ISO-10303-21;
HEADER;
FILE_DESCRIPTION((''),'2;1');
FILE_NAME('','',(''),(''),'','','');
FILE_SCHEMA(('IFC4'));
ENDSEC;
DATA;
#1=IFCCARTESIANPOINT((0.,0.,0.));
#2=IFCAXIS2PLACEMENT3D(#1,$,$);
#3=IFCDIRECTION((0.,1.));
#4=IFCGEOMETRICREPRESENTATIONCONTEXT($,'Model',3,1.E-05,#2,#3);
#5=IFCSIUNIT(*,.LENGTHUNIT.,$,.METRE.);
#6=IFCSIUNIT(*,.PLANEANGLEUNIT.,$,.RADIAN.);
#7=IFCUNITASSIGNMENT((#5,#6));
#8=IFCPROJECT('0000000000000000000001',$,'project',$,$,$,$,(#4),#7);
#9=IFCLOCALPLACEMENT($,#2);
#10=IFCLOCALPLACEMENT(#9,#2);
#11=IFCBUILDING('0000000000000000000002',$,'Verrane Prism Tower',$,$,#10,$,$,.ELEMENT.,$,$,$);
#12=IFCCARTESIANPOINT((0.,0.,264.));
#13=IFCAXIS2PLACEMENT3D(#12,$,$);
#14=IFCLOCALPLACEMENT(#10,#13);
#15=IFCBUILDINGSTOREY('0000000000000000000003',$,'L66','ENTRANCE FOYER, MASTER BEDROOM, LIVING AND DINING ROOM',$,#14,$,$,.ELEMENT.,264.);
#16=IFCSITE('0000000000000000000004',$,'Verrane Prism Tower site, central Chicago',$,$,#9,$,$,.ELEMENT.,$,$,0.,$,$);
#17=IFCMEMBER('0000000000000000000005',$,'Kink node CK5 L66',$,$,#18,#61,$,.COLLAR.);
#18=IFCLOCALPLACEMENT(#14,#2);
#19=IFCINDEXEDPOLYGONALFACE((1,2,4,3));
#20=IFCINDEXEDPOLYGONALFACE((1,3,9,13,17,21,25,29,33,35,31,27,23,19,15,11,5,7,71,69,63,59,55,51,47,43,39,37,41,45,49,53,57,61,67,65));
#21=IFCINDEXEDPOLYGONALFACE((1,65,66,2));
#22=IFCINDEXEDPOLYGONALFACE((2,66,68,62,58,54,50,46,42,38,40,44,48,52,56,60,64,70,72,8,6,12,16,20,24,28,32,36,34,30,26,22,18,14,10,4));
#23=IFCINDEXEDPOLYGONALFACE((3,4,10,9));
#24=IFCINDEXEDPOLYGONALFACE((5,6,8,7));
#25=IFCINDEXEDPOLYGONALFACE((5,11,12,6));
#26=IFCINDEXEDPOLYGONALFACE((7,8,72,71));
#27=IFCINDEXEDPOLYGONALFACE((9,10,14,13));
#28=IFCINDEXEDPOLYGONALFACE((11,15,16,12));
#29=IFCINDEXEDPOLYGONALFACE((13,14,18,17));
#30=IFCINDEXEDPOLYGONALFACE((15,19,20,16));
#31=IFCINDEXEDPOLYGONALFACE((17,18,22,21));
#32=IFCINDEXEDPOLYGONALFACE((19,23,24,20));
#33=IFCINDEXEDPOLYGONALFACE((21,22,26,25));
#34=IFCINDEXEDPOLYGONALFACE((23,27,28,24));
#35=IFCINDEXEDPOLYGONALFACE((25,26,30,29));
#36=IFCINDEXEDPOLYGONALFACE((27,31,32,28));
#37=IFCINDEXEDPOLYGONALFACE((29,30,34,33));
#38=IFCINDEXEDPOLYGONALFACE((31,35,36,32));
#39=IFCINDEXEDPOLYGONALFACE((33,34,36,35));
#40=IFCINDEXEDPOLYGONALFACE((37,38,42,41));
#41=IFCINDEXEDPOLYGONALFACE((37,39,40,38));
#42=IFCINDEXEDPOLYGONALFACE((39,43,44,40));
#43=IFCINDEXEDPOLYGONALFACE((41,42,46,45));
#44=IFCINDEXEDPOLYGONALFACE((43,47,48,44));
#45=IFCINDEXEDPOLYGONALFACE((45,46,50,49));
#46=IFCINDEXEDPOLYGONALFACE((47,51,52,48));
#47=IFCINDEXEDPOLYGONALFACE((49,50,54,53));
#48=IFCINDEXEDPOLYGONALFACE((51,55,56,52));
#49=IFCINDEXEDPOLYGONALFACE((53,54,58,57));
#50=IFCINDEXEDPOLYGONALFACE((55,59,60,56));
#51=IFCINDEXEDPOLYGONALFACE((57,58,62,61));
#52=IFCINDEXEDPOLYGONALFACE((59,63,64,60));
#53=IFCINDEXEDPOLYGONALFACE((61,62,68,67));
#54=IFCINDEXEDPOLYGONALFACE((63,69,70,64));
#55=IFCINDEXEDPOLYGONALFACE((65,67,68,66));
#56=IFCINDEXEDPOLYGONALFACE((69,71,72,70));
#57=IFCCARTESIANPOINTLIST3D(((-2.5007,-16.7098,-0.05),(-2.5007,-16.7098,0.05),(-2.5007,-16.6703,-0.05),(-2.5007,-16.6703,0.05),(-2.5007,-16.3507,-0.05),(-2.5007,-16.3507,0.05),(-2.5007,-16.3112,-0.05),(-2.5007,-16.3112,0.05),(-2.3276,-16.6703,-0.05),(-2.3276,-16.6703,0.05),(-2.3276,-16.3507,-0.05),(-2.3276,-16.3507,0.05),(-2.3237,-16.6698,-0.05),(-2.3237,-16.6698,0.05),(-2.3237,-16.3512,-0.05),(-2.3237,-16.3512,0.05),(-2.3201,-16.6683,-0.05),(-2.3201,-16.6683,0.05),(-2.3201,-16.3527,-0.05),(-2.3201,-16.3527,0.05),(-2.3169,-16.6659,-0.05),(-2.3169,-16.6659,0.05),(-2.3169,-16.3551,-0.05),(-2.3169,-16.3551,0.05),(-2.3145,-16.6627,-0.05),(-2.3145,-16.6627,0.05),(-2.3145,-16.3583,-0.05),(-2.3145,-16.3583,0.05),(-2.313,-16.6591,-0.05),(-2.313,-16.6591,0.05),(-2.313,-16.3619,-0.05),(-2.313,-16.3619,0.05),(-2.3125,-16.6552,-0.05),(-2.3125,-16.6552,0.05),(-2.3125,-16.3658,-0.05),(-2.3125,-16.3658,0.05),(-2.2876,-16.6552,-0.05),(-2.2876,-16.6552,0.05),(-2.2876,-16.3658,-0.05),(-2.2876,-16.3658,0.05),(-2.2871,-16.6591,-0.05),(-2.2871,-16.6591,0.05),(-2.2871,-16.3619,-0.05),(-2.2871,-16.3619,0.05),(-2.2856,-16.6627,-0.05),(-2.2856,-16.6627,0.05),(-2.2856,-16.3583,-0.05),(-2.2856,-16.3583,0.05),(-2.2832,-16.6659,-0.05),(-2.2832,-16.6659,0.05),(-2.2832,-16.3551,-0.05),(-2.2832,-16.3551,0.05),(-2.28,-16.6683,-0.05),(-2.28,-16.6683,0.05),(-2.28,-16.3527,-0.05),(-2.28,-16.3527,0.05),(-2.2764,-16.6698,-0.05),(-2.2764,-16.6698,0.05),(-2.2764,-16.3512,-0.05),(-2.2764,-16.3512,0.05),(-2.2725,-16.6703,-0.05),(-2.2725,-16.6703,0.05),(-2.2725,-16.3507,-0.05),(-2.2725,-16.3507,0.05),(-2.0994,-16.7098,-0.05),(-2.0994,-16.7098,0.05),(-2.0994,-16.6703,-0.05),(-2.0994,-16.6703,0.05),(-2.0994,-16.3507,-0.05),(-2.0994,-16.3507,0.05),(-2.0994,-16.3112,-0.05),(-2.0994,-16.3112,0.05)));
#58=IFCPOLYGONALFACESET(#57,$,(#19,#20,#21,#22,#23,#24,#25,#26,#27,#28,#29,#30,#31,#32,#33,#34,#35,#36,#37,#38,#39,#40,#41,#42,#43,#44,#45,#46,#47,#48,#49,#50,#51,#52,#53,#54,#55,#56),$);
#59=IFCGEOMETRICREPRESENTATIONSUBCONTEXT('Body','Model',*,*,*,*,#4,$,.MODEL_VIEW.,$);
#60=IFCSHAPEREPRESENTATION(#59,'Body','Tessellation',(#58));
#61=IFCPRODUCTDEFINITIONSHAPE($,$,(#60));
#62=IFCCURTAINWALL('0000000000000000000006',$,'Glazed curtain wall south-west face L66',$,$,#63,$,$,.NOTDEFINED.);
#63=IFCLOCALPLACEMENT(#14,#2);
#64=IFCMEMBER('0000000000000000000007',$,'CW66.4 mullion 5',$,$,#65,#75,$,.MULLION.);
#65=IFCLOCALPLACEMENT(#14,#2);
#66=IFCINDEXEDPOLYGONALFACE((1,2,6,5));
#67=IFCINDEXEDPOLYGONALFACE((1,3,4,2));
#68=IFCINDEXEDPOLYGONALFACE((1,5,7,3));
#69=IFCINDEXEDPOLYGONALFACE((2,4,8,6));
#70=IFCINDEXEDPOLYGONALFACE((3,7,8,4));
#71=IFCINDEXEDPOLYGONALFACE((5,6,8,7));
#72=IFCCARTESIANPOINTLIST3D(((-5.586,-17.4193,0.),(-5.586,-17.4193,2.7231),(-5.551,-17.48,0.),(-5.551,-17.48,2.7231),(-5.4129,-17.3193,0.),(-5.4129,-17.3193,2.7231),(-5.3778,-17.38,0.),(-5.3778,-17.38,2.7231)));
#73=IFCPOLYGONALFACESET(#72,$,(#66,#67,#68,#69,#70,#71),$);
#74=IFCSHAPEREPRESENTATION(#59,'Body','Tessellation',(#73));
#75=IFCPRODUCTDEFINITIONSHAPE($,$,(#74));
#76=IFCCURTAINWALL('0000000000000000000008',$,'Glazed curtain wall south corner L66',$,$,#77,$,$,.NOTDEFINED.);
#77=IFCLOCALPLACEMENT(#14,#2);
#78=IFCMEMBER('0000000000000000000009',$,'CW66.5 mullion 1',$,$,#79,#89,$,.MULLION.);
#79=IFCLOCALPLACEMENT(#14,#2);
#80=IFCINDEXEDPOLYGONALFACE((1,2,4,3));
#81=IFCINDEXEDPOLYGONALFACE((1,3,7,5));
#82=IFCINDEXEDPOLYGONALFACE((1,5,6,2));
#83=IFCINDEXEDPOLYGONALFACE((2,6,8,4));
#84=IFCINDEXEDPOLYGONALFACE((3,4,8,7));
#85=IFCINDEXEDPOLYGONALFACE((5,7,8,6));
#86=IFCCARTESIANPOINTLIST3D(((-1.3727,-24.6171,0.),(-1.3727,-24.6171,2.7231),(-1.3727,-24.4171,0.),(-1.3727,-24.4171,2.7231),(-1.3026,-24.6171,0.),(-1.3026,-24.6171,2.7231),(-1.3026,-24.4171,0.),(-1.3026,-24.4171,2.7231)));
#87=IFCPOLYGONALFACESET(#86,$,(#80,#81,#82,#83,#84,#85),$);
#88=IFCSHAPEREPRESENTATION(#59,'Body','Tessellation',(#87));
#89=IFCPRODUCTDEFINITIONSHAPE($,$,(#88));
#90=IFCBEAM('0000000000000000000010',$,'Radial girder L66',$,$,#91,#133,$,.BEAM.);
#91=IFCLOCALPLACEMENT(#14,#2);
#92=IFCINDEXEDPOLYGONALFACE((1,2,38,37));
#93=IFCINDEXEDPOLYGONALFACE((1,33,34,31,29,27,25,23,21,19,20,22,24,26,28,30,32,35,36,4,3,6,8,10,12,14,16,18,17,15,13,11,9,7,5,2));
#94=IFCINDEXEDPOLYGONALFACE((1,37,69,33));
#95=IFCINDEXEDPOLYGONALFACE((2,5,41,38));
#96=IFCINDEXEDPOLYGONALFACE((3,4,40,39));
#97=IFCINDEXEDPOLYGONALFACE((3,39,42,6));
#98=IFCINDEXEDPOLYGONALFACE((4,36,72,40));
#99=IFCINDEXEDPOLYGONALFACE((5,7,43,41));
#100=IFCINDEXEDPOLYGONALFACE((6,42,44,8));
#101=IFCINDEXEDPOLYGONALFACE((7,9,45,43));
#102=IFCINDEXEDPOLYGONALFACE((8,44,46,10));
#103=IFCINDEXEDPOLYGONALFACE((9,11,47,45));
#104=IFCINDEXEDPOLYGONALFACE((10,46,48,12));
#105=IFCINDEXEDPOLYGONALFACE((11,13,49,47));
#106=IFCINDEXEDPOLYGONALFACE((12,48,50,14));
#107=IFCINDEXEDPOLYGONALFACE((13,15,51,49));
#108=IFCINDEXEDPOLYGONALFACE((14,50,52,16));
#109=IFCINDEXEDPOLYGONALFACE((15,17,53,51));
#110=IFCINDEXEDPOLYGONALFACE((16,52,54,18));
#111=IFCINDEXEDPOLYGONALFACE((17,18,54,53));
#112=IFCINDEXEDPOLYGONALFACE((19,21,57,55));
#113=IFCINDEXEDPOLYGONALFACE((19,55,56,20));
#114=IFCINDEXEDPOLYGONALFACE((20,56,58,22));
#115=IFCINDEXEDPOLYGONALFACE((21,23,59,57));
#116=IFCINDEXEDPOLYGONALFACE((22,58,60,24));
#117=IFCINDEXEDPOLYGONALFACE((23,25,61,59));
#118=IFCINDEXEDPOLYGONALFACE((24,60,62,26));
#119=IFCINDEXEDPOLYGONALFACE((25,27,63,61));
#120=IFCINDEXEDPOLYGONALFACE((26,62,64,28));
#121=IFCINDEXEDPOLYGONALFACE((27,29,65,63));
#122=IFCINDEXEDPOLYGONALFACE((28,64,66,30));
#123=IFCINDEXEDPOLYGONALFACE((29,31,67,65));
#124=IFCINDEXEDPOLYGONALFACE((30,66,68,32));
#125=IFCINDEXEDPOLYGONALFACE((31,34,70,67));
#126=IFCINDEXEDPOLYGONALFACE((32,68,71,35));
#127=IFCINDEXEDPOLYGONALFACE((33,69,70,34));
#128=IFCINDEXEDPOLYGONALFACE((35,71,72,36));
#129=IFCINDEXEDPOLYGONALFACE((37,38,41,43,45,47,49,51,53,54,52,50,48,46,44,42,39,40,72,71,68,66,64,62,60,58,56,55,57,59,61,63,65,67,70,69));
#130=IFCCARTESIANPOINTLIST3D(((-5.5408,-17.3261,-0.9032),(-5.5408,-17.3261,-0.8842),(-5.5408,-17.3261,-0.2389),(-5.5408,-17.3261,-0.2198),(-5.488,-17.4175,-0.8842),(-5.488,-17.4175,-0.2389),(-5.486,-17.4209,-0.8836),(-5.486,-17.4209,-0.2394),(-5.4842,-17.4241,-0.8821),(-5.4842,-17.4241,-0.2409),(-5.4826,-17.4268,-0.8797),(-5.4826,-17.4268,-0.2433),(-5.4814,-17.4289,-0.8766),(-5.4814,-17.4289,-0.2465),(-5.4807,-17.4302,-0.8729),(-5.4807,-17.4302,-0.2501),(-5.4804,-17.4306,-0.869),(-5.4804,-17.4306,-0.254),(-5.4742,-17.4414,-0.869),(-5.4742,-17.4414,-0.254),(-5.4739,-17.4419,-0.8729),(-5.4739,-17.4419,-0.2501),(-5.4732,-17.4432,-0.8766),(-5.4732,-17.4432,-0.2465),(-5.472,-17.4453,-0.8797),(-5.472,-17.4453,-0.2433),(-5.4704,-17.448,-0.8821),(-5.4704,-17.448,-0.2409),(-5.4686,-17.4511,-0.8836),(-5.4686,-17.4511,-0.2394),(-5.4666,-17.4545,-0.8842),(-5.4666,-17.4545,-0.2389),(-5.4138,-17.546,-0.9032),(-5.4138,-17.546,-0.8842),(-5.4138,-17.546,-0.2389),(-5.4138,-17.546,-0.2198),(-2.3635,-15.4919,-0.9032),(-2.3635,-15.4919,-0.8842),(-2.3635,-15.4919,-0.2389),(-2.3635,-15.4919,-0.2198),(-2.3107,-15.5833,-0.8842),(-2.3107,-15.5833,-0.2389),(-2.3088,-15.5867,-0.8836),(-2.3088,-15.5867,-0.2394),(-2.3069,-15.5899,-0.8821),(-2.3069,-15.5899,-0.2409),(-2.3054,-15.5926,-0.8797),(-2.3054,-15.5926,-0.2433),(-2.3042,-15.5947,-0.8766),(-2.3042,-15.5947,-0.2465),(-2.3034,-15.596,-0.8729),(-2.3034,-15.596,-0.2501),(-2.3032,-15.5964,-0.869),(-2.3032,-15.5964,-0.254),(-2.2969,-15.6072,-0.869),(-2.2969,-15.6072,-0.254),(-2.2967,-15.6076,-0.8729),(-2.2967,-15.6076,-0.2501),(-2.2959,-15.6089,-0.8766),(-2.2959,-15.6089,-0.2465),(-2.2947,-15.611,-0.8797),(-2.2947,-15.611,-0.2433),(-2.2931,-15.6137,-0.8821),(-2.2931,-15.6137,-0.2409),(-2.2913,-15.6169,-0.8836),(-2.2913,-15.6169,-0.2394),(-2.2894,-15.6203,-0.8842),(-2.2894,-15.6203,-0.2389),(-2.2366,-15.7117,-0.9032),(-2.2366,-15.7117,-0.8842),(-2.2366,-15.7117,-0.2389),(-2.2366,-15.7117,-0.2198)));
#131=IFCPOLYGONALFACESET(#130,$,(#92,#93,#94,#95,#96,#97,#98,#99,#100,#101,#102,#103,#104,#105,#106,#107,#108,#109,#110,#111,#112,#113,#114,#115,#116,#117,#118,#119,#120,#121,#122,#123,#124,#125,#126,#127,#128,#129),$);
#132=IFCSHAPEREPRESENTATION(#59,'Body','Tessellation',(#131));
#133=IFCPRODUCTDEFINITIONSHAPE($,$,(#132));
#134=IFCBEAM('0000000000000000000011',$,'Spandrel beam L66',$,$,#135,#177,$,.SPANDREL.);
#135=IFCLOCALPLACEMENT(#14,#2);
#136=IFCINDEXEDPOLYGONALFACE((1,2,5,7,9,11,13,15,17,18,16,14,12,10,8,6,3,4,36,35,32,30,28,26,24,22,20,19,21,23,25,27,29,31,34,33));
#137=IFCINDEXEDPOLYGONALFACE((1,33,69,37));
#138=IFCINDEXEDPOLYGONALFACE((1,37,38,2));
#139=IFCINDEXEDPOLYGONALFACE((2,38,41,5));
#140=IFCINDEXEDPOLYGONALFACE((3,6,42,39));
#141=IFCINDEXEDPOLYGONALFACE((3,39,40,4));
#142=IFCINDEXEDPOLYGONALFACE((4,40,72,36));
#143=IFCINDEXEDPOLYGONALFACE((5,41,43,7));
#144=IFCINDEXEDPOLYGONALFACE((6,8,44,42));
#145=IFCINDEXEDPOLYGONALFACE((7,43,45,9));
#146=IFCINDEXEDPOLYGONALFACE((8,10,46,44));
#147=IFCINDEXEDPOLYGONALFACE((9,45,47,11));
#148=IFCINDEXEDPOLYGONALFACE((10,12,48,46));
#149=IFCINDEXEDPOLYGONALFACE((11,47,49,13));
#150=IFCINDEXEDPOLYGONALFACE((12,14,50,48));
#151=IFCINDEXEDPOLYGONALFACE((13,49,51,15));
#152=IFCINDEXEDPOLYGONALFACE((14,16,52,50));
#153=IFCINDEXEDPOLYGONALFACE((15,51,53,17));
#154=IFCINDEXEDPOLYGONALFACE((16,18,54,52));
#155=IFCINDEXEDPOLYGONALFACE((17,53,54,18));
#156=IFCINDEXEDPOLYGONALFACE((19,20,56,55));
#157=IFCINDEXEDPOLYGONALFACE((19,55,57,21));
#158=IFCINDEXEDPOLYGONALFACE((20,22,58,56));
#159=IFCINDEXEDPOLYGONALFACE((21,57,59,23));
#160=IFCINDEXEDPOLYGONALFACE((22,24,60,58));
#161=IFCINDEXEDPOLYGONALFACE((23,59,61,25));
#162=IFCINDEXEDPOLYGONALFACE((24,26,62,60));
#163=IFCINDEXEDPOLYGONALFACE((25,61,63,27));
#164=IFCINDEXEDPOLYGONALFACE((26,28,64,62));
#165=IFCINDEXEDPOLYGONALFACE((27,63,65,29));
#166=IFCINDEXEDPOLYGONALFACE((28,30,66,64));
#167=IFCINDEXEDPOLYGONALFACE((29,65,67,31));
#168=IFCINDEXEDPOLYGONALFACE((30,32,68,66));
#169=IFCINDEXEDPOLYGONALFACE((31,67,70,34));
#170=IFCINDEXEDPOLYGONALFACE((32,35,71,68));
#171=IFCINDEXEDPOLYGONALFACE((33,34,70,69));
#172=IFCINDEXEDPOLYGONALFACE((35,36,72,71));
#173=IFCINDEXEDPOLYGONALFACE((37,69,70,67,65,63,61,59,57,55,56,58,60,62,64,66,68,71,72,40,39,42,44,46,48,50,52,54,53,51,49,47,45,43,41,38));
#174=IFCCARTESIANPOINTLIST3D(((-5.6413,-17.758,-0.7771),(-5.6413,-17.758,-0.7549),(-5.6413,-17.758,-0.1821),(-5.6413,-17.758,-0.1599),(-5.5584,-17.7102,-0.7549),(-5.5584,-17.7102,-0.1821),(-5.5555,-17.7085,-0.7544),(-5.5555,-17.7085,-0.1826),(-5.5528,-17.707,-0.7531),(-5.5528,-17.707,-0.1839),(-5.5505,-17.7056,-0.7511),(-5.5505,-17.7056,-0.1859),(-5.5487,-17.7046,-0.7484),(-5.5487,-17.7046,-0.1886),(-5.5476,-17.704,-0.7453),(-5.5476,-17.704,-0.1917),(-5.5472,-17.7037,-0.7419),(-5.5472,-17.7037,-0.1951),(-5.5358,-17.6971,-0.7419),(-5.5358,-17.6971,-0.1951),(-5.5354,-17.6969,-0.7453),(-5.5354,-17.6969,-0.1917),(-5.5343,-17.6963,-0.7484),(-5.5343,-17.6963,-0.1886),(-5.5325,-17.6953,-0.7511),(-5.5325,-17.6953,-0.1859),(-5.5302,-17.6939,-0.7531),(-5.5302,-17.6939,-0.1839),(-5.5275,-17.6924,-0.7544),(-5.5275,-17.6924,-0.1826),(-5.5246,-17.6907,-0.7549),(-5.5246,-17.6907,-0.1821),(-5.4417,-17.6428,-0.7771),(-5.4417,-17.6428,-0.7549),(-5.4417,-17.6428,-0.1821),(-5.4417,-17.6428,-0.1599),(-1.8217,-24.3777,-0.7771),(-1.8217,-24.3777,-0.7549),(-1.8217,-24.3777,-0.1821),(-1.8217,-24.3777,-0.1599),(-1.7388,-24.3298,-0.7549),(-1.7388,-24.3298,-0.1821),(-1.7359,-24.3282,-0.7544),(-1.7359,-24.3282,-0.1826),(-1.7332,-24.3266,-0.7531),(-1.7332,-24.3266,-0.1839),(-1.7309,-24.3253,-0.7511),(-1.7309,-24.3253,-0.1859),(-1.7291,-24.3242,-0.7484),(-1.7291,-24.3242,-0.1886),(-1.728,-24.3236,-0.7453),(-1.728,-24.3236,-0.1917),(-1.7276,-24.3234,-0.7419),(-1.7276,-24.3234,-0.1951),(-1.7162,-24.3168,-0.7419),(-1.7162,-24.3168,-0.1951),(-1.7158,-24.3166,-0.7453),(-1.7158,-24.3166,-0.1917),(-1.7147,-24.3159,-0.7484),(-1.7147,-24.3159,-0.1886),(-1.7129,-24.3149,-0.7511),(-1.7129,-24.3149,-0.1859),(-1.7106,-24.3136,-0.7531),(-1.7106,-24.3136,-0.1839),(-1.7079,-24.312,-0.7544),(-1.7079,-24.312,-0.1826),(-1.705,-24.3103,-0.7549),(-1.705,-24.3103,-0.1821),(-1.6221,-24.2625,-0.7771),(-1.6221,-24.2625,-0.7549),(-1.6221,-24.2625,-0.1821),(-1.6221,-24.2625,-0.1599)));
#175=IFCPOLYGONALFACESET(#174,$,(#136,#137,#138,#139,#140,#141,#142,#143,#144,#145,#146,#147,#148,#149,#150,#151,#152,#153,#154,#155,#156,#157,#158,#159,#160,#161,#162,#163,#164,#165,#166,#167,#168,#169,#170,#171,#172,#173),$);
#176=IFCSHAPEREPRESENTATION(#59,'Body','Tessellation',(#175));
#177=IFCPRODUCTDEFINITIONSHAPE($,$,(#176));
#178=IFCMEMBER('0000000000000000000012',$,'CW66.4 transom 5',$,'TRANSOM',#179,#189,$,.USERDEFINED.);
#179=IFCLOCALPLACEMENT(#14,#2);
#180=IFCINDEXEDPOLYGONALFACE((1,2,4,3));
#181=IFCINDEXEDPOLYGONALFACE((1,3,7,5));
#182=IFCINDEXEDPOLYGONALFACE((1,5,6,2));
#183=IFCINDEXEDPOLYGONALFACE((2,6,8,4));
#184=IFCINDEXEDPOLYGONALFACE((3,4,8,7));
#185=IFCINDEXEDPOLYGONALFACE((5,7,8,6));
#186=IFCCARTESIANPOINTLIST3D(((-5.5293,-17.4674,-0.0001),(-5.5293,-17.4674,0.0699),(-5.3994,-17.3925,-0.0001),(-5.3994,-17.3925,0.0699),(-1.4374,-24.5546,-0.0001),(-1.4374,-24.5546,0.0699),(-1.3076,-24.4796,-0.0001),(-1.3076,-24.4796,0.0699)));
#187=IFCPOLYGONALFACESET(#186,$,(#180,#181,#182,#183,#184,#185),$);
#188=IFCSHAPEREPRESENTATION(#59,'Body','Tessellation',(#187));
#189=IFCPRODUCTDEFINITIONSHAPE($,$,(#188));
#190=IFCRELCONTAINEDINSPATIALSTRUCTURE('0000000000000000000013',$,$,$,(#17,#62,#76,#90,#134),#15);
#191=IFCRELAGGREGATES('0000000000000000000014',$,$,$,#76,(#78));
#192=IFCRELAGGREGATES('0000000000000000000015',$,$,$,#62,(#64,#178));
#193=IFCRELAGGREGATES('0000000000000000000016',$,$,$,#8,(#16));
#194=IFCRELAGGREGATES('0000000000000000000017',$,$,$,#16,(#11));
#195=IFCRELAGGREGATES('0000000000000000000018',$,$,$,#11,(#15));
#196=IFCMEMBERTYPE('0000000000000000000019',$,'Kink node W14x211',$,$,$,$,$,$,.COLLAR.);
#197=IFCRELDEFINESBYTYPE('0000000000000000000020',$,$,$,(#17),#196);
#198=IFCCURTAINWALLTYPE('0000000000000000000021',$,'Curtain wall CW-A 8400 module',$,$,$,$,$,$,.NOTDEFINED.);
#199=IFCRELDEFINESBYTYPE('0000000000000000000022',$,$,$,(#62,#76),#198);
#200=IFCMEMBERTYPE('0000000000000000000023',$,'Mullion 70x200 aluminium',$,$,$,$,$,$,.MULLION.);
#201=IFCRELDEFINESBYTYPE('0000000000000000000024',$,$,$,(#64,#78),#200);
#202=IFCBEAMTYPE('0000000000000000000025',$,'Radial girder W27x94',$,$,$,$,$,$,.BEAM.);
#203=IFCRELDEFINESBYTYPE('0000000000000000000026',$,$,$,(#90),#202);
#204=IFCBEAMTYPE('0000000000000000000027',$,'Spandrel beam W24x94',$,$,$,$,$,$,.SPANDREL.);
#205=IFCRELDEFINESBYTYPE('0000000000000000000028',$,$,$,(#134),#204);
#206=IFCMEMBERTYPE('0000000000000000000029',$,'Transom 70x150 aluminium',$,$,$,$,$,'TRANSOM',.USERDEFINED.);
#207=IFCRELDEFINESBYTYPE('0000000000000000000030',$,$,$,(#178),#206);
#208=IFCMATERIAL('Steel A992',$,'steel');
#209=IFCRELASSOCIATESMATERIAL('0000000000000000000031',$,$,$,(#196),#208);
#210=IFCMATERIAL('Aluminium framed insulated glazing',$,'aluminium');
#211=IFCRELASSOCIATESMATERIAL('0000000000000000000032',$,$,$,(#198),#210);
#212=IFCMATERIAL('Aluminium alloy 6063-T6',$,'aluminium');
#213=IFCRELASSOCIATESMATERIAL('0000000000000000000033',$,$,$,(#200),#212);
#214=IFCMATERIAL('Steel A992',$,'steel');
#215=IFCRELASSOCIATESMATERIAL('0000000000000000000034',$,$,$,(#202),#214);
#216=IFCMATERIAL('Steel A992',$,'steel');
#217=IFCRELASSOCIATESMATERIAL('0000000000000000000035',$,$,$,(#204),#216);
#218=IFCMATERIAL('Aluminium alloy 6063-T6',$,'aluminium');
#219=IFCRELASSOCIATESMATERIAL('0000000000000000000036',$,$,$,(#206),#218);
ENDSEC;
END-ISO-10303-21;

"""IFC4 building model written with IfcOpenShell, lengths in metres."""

from ifc_helpers import new_model, si_unit, direction, frame, origin, origin_2d, place, context, subcontext, project, spatial, rectangle, i_section, extrude, material, material_profile, profile_set, type_object, element, aggregate, save


model = new_model("IFC4")

# Units and contexts
model_context = context("Model", 3, precision=1e-05, world=origin(), true_north=direction((0.0, 1.0)))
body_context = subcontext(model_context, "Body", "Model", "MODEL_VIEW")
ifc_project = project(units=[si_unit("LENGTHUNIT", "METRE"), si_unit("PLANEANGLEUNIT", "RADIAN")], contexts=[model_context])

# Site, building, storey
site_placement = place(None, origin())
site = spatial("IfcSite", under=ifc_project, at=site_placement, Name="Verrane Prism Tower site, central Chicago", CompositionType="ELEMENT", RefElevation=0.0)
building_placement = place(site_placement, origin())
building = spatial("IfcBuilding", under=site, at=building_placement, Name="Verrane Prism Tower", CompositionType="ELEMENT")
storey_placement = place(building_placement, frame((0.0, 0.0, 264.0)))
storey = spatial("IfcBuildingStorey", under=building, at=storey_placement, Name="L66", Description="ENTRANCE FOYER, MASTER BEDROOM, LIVING AND DINING ROOM", CompositionType="ELEMENT", Elevation=264.0)

# Member
ifc_material_1 = material(Name="Steel A992", Category="steel")
ifc_material_profile_1 = material_profile(ifc_material_1, i_section(OverallWidth=0.4014, OverallDepth=0.3987, WebThickness=0.0249, FlangeThickness=0.0396, FilletRadius=0.0151, at=origin_2d()), Name="W14x211")
ifc_profile_set_1 = profile_set([ifc_material_profile_1], Name="Steel A992")
member_type_1 = type_object("IfcMemberType", Name="Kink node W14x211", PredefinedType="COLLAR", material=ifc_profile_set_1)
member_1_placement = place(storey_placement, frame((-2.3, -16.5105, -0.05), z_axis=(0.0, 0.0, 1.0), x_axis=(-1.0, 0.0, 0.0)))
element("IfcMember", 1, at=member_1_placement, inside=storey, type_object=member_type_1, Name="Kink node CK5 L66", PredefinedType="COLLAR", context=body_context, shape_type="SweptSolid", body=[
    extrude(i_section(OverallWidth=0.4014, OverallDepth=0.3987, WebThickness=0.0249, FlangeThickness=0.0396, FilletRadius=0.0151, at=origin_2d()), origin(), (0.0, 0.0, 1.0), 0.1001),
])

# Curtain walls, members
ifc_material_2 = material(Name="Aluminium framed insulated glazing", Category="aluminium")
curtain_wall_type = type_object("IfcCurtainWallType", Name="Curtain wall CW-A 8400 module", PredefinedType="NOTDEFINED", material=ifc_material_2)
curtain_wall_1_placement = place(storey_placement, origin())
curtain_wall_1 = element("IfcCurtainWall", 2, at=curtain_wall_1_placement, inside=storey, type_object=curtain_wall_type, Name="Glazed curtain wall south-west face L66", PredefinedType="NOTDEFINED")
ifc_material_3 = material(Name="Aluminium alloy 6063-T6", Category="aluminium")
ifc_material_profile_2 = material_profile(ifc_material_3, rectangle(XDim=0.2, YDim=0.0701, at=origin_2d()), Name="Mullion 70x200 aluminium")
ifc_profile_set_2 = profile_set([ifc_material_profile_2], Name="Aluminium alloy 6063-T6")
member_type_2 = type_object("IfcMemberType", Name="Mullion 70x200 aluminium", PredefinedType="MULLION", material=ifc_profile_set_2)
member_2_placement = place(storey_placement, frame((-5.4819, -17.3997, 0.0), z_axis=(0.0, 0.0, 1.0), x_axis=(0.866025, 0.500001, 0.0)))
member_2 = element("IfcMember", 3, at=member_2_placement, type_object=member_type_2, Name="CW66.4 mullion 5", PredefinedType="MULLION", context=body_context, shape_type="SweptSolid", body=[
    extrude(rectangle(XDim=0.2, YDim=0.0701, at=origin_2d()), origin(), (0.0, 0.0, 1.0), 2.7231),
])
curtain_wall_2_placement = place(storey_placement, origin())
curtain_wall_2 = element("IfcCurtainWall", 4, at=curtain_wall_2_placement, inside=storey, type_object=curtain_wall_type, Name="Glazed curtain wall south corner L66", PredefinedType="NOTDEFINED")
member_3_placement = place(storey_placement, frame((-1.3376, -24.5171, 0.0), z_axis=(0.0, 0.0, 1.0), x_axis=(0.0, 1.0, 0.0)))
member_3 = element("IfcMember", 5, at=member_3_placement, type_object=member_type_2, Name="CW66.5 mullion 1", PredefinedType="MULLION", context=body_context, shape_type="SweptSolid", body=[
    extrude(rectangle(XDim=0.2, YDim=0.0701, at=origin_2d()), origin(), (0.0, 0.0, 1.0), 2.7231),
])

# Beams
ifc_material_4 = material(Name="Steel A992", Category="steel")
ifc_material_profile_3 = material_profile(ifc_material_4, i_section(OverallWidth=0.2539, OverallDepth=0.6833, WebThickness=0.0125, FlangeThickness=0.019, FilletRadius=0.0151, at=origin_2d()), Name="W27x94")
ifc_profile_set_3 = profile_set([ifc_material_profile_3], Name="Steel A992")
beam_type_1 = type_object("IfcBeamType", Name="Radial girder W27x94", PredefinedType="BEAM", material=ifc_profile_set_3)
beam_1_placement = place(storey_placement, frame((-5.4773, -17.436, -0.5615), z_axis=(0.866044, 0.499968, 0.0), x_axis=(-0.499968, 0.866044, 0.0)))
element("IfcBeam", 6, at=beam_1_placement, inside=storey, type_object=beam_type_1, Name="Radial girder L66", PredefinedType="BEAM", context=body_context, shape_type="SweptSolid", body=[
    extrude(i_section(OverallWidth=0.2539, OverallDepth=0.6833, WebThickness=0.0125, FlangeThickness=0.019, FilletRadius=0.0151, at=origin_2d()), origin(), (0.0, 0.0, 1.0), 3.6687),
])
ifc_material_5 = material(Name="Steel A992", Category="steel")
ifc_material_profile_4 = material_profile(ifc_material_5, i_section(OverallWidth=0.2305, OverallDepth=0.6172, WebThickness=0.0132, FlangeThickness=0.0222, FilletRadius=0.0129, at=origin_2d()), Name="W24x94")
ifc_profile_set_4 = profile_set([ifc_material_profile_4], Name="Steel A992")
beam_type_2 = type_object("IfcBeamType", Name="Spandrel beam W24x94", PredefinedType="SPANDREL", material=ifc_profile_set_4)
beam_2_placement = place(storey_placement, frame((-5.5415, -17.7004, -0.4685), z_axis=(0.499778, -0.866154, 0.0), x_axis=(0.866154, 0.499778, 0.0)))
element("IfcBeam", 7, at=beam_2_placement, inside=storey, type_object=beam_type_2, Name="Spandrel beam L66", PredefinedType="SPANDREL", context=body_context, shape_type="SweptSolid", body=[
    extrude(i_section(OverallWidth=0.2305, OverallDepth=0.6172, WebThickness=0.0132, FlangeThickness=0.0222, FilletRadius=0.0129, at=origin_2d()), origin(), (0.0, 0.0, 1.0), 7.6426),
])

# Member
ifc_material_6 = material(Name="Aluminium alloy 6063-T6", Category="aluminium")
ifc_material_profile_5 = material_profile(ifc_material_6, rectangle(XDim=0.1499, YDim=0.0701, at=origin_2d()), Name="Transom 70x150 aluminium")
ifc_profile_set_5 = profile_set([ifc_material_profile_5], Name="Aluminium alloy 6063-T6")
member_type_3 = type_object("IfcMemberType", Name="Transom 70x150 aluminium", ElementType="TRANSOM", PredefinedType="USERDEFINED", material=ifc_profile_set_5)
member_4_placement = place(storey_placement, frame((-5.4644, -17.4299, 0.0349), z_axis=(0.500002, -0.866024, 0.0), x_axis=(0.866024, 0.500002, 0.0)))
member_4 = element("IfcMember", 8, at=member_4_placement, type_object=member_type_3, Name="CW66.4 transom 5", ObjectType="TRANSOM", PredefinedType="USERDEFINED", context=body_context, shape_type="SweptSolid", body=[
    extrude(rectangle(XDim=0.1499, YDim=0.0701, at=origin_2d()), origin(), (0.0, 0.0, 1.0), 8.1836),
])
aggregate(curtain_wall_2, [member_3])

aggregate(curtain_wall_1, [member_2, member_4])

save(model, "model.ifc")
